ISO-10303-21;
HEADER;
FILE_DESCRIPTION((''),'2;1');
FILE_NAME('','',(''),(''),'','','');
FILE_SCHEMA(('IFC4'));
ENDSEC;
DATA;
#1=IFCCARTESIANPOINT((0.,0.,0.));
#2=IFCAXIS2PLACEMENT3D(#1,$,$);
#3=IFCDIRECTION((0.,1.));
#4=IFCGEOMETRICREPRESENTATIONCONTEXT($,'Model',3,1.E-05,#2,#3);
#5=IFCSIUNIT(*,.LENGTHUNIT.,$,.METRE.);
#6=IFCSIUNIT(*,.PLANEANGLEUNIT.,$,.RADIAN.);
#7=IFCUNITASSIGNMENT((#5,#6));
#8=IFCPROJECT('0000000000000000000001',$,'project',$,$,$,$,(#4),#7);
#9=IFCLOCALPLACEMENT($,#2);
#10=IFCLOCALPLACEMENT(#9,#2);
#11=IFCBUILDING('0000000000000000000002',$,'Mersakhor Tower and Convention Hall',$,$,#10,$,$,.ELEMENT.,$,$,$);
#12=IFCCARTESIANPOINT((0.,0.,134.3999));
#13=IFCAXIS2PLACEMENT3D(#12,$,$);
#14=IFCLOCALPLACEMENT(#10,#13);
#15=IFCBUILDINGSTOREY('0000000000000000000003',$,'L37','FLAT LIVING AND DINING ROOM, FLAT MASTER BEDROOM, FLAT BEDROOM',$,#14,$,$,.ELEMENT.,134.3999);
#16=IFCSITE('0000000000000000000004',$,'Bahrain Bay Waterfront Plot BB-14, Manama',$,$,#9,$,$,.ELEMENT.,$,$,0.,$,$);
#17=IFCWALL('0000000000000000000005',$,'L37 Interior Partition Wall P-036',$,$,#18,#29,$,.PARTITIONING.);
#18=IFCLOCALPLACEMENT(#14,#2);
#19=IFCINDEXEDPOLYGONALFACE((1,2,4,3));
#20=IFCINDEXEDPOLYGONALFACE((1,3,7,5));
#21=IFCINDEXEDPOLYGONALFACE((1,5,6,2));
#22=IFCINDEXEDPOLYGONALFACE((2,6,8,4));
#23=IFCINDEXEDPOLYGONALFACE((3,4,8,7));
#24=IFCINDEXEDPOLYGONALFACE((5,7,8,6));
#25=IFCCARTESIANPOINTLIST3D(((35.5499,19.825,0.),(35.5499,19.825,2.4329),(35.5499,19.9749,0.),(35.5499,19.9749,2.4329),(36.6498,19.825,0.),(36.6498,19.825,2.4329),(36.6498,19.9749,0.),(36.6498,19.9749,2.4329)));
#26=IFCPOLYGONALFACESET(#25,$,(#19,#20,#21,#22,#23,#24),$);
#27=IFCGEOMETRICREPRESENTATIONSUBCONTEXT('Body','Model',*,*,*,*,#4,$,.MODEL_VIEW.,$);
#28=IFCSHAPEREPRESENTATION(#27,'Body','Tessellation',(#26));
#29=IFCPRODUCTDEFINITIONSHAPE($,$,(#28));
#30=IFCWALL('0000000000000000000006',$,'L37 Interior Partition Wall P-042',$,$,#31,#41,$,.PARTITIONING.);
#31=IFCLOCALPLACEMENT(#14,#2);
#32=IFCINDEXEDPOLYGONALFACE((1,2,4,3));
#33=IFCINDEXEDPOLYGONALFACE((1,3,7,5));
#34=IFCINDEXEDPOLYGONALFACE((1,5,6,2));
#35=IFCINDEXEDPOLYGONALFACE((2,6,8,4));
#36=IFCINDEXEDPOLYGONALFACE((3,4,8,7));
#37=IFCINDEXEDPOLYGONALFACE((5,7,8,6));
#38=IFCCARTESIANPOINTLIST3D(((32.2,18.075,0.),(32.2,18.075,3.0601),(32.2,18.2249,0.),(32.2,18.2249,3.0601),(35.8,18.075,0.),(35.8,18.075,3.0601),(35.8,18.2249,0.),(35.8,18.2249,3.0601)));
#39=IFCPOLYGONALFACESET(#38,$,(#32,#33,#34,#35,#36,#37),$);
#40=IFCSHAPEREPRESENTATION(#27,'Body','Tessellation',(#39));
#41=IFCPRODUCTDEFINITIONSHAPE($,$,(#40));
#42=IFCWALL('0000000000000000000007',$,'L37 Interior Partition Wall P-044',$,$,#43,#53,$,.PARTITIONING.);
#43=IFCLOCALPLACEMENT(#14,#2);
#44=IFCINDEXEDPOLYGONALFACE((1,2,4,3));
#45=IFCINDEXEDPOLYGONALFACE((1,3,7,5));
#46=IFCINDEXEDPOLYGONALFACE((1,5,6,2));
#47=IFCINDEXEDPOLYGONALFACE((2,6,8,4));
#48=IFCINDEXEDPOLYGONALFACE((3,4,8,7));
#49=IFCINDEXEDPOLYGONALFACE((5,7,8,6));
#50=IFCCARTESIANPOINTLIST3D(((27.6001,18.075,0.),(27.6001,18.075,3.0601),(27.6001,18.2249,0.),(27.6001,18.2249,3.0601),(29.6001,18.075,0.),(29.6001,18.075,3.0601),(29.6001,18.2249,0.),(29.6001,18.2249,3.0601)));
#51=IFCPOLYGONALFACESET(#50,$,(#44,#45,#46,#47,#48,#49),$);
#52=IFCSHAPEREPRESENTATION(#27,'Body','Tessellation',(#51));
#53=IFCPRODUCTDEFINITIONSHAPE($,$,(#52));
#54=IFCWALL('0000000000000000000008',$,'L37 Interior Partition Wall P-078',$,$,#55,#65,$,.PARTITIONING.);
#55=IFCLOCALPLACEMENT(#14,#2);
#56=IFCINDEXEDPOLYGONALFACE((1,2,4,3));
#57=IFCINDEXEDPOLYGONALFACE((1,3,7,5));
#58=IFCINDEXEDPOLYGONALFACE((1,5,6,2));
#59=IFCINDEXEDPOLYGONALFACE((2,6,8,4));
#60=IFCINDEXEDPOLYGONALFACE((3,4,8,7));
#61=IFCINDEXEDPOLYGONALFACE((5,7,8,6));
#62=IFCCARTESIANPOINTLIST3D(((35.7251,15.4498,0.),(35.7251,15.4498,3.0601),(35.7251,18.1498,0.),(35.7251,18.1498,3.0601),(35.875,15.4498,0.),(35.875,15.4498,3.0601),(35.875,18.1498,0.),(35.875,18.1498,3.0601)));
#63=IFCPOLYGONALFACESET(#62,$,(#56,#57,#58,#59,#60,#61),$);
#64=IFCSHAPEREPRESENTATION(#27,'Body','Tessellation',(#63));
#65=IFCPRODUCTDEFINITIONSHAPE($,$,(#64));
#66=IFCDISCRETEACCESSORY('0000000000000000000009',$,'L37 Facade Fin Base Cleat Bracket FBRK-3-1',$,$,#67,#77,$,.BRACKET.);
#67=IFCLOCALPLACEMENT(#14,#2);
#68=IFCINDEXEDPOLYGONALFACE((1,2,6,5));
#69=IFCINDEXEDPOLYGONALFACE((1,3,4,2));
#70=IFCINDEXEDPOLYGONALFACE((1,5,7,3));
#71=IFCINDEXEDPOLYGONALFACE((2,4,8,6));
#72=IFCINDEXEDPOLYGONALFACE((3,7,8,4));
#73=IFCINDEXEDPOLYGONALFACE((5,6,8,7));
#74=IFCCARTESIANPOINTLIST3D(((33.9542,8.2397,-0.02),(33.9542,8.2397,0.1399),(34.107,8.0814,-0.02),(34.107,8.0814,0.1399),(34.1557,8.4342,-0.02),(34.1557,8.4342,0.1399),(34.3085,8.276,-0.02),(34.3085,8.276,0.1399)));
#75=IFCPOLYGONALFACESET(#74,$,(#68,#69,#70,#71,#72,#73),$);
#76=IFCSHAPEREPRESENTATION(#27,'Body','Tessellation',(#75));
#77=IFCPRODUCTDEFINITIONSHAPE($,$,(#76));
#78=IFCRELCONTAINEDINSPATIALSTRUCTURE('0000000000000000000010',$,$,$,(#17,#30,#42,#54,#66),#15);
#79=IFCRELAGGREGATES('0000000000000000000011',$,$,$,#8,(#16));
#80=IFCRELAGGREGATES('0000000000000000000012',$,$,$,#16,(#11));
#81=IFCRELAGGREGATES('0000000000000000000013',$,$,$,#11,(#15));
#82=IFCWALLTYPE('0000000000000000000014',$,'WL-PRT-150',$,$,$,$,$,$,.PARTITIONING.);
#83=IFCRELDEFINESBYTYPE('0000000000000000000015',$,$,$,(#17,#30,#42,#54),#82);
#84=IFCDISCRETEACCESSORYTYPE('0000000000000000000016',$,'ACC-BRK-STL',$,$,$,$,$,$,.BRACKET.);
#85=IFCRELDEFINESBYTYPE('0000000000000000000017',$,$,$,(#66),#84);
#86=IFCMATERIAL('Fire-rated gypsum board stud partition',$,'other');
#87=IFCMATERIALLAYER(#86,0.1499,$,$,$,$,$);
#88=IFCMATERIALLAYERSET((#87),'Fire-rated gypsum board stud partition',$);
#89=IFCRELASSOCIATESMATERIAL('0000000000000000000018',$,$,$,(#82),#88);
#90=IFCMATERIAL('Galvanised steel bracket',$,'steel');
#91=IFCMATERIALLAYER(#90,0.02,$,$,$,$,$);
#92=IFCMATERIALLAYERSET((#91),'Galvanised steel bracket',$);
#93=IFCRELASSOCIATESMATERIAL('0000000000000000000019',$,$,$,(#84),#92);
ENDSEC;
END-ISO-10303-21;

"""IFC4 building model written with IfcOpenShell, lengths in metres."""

from ifc_helpers import new_model, si_unit, direction, frame, frame_2d, origin, origin_2d, place, context, subcontext, project, spatial, rectangle, extrude, material, layer, layer_set, type_object, element, save


model = new_model("IFC4")

# Units and contexts
model_context = context("Model", 3, precision=1e-05, world=origin(), true_north=direction((0.0, 1.0)))
body_context = subcontext(model_context, "Body", "Model", "MODEL_VIEW")
ifc_project = project(units=[si_unit("LENGTHUNIT", "METRE"), si_unit("PLANEANGLEUNIT", "RADIAN")], contexts=[model_context])

# Site, building, storey
site_placement = place(None, origin())
site = spatial("IfcSite", under=ifc_project, at=site_placement, Name="Bahrain Bay Waterfront Plot BB-14, Manama", CompositionType="ELEMENT", RefElevation=0.0)
building_placement = place(site_placement, origin())
building = spatial("IfcBuilding", under=site, at=building_placement, Name="Mersakhor Tower and Convention Hall", CompositionType="ELEMENT")
storey_placement = place(building_placement, frame((0.0, 0.0, 134.3999)))
storey = spatial("IfcBuildingStorey", under=building, at=storey_placement, Name="L37", Description="FLAT LIVING AND DINING ROOM, FLAT MASTER BEDROOM, FLAT BEDROOM", CompositionType="ELEMENT", Elevation=134.3999)

# Walls
ifc_material_1 = material(Name="Fire-rated gypsum board stud partition", Category="other")
ifc_layer_1 = layer(ifc_material_1, 0.1499)
ifc_layer_set_1 = layer_set([ifc_layer_1], Name="Fire-rated gypsum board stud partition")
wall_type_1 = type_object("IfcWallType", Name="WL-PRT-150", PredefinedType="PARTITIONING", material=ifc_layer_set_1)
wall_1_placement = place(storey_placement, frame((35.55, 19.8999, 0.0), z_axis=(0.0, 0.0, 1.0), x_axis=(1.0, 0.0, 0.0)))
element("IfcWall", 1, at=wall_1_placement, inside=storey, type_object=wall_type_1, Name="L37 Interior Partition Wall P-036", PredefinedType="PARTITIONING", context=body_context, shape_type="SweptSolid", body=[
    extrude(rectangle(XDim=1.0999, YDim=0.1499, at=frame_2d((0.5498, 0.0))), origin(), (0.0, 0.0, 1.0), 2.4329),
])
wall_2_placement = place(storey_placement, frame((35.8, 18.1499, 0.0), z_axis=(0.0, 0.0, 1.0), x_axis=(-1.0, 0.0, 0.0)))
element("IfcWall", 2, at=wall_2_placement, inside=storey, type_object=wall_type_1, Name="L37 Interior Partition Wall P-042", PredefinedType="PARTITIONING", context=body_context, shape_type="SweptSolid", body=[
    extrude(rectangle(XDim=3.6001, YDim=0.1499, at=frame_2d((1.8, 0.0))), origin(), (0.0, 0.0, 1.0), 3.0601),
])

# Walls
wall_3_placement = place(storey_placement, frame((29.6001, 18.1499, 0.0), z_axis=(0.0, 0.0, 1.0), x_axis=(-1.0, 0.0, 0.0)))
element("IfcWall", 3, at=wall_3_placement, inside=storey, type_object=wall_type_1, Name="L37 Interior Partition Wall P-044", PredefinedType="PARTITIONING", context=body_context, shape_type="SweptSolid", body=[
    extrude(rectangle(XDim=2.0, YDim=0.1499, at=frame_2d((1.0, 0.0))), origin(), (0.0, 0.0, 1.0), 3.0601),
])
wall_4_placement = place(storey_placement, frame((35.8, 18.1499, 0.0), z_axis=(0.0, 0.0, 1.0), x_axis=(0.0, -1.0, 0.0)))
element("IfcWall", 4, at=wall_4_placement, inside=storey, type_object=wall_type_1, Name="L37 Interior Partition Wall P-078", PredefinedType="PARTITIONING", context=body_context, shape_type="SweptSolid", body=[
    extrude(rectangle(XDim=2.7, YDim=0.1499, at=frame_2d((1.3501, 0.0))), origin(), (0.0, 0.0, 1.0), 3.0601),
])

# Discrete accessory
ifc_material_2 = material(Name="Galvanised steel bracket", Category="steel")
ifc_layer_2 = layer(ifc_material_2, 0.02)
ifc_layer_set_2 = layer_set([ifc_layer_2], Name="Galvanised steel bracket")
discrete_accessory_type = type_object("IfcDiscreteAccessoryType", Name="ACC-BRK-STL", PredefinedType="BRACKET", material=ifc_layer_set_2)
discrete_accessory_placement = place(storey_placement, frame((34.1313, 8.2578, -0.02), z_axis=(0.0, 0.0, 1.0), x_axis=(-0.71934, -0.694658, 0.0)))
element("IfcDiscreteAccessory", 5, at=discrete_accessory_placement, inside=storey, type_object=discrete_accessory_type, Name="L37 Facade Fin Base Cleat Bracket FBRK-3-1", PredefinedType="BRACKET", context=body_context, shape_type="SweptSolid", body=[
    extrude(rectangle(XDim=0.28, YDim=0.22, at=origin_2d()), origin(), (0.0, 0.0, 1.0), 0.1599),
])

save(model, "model.ifc")
